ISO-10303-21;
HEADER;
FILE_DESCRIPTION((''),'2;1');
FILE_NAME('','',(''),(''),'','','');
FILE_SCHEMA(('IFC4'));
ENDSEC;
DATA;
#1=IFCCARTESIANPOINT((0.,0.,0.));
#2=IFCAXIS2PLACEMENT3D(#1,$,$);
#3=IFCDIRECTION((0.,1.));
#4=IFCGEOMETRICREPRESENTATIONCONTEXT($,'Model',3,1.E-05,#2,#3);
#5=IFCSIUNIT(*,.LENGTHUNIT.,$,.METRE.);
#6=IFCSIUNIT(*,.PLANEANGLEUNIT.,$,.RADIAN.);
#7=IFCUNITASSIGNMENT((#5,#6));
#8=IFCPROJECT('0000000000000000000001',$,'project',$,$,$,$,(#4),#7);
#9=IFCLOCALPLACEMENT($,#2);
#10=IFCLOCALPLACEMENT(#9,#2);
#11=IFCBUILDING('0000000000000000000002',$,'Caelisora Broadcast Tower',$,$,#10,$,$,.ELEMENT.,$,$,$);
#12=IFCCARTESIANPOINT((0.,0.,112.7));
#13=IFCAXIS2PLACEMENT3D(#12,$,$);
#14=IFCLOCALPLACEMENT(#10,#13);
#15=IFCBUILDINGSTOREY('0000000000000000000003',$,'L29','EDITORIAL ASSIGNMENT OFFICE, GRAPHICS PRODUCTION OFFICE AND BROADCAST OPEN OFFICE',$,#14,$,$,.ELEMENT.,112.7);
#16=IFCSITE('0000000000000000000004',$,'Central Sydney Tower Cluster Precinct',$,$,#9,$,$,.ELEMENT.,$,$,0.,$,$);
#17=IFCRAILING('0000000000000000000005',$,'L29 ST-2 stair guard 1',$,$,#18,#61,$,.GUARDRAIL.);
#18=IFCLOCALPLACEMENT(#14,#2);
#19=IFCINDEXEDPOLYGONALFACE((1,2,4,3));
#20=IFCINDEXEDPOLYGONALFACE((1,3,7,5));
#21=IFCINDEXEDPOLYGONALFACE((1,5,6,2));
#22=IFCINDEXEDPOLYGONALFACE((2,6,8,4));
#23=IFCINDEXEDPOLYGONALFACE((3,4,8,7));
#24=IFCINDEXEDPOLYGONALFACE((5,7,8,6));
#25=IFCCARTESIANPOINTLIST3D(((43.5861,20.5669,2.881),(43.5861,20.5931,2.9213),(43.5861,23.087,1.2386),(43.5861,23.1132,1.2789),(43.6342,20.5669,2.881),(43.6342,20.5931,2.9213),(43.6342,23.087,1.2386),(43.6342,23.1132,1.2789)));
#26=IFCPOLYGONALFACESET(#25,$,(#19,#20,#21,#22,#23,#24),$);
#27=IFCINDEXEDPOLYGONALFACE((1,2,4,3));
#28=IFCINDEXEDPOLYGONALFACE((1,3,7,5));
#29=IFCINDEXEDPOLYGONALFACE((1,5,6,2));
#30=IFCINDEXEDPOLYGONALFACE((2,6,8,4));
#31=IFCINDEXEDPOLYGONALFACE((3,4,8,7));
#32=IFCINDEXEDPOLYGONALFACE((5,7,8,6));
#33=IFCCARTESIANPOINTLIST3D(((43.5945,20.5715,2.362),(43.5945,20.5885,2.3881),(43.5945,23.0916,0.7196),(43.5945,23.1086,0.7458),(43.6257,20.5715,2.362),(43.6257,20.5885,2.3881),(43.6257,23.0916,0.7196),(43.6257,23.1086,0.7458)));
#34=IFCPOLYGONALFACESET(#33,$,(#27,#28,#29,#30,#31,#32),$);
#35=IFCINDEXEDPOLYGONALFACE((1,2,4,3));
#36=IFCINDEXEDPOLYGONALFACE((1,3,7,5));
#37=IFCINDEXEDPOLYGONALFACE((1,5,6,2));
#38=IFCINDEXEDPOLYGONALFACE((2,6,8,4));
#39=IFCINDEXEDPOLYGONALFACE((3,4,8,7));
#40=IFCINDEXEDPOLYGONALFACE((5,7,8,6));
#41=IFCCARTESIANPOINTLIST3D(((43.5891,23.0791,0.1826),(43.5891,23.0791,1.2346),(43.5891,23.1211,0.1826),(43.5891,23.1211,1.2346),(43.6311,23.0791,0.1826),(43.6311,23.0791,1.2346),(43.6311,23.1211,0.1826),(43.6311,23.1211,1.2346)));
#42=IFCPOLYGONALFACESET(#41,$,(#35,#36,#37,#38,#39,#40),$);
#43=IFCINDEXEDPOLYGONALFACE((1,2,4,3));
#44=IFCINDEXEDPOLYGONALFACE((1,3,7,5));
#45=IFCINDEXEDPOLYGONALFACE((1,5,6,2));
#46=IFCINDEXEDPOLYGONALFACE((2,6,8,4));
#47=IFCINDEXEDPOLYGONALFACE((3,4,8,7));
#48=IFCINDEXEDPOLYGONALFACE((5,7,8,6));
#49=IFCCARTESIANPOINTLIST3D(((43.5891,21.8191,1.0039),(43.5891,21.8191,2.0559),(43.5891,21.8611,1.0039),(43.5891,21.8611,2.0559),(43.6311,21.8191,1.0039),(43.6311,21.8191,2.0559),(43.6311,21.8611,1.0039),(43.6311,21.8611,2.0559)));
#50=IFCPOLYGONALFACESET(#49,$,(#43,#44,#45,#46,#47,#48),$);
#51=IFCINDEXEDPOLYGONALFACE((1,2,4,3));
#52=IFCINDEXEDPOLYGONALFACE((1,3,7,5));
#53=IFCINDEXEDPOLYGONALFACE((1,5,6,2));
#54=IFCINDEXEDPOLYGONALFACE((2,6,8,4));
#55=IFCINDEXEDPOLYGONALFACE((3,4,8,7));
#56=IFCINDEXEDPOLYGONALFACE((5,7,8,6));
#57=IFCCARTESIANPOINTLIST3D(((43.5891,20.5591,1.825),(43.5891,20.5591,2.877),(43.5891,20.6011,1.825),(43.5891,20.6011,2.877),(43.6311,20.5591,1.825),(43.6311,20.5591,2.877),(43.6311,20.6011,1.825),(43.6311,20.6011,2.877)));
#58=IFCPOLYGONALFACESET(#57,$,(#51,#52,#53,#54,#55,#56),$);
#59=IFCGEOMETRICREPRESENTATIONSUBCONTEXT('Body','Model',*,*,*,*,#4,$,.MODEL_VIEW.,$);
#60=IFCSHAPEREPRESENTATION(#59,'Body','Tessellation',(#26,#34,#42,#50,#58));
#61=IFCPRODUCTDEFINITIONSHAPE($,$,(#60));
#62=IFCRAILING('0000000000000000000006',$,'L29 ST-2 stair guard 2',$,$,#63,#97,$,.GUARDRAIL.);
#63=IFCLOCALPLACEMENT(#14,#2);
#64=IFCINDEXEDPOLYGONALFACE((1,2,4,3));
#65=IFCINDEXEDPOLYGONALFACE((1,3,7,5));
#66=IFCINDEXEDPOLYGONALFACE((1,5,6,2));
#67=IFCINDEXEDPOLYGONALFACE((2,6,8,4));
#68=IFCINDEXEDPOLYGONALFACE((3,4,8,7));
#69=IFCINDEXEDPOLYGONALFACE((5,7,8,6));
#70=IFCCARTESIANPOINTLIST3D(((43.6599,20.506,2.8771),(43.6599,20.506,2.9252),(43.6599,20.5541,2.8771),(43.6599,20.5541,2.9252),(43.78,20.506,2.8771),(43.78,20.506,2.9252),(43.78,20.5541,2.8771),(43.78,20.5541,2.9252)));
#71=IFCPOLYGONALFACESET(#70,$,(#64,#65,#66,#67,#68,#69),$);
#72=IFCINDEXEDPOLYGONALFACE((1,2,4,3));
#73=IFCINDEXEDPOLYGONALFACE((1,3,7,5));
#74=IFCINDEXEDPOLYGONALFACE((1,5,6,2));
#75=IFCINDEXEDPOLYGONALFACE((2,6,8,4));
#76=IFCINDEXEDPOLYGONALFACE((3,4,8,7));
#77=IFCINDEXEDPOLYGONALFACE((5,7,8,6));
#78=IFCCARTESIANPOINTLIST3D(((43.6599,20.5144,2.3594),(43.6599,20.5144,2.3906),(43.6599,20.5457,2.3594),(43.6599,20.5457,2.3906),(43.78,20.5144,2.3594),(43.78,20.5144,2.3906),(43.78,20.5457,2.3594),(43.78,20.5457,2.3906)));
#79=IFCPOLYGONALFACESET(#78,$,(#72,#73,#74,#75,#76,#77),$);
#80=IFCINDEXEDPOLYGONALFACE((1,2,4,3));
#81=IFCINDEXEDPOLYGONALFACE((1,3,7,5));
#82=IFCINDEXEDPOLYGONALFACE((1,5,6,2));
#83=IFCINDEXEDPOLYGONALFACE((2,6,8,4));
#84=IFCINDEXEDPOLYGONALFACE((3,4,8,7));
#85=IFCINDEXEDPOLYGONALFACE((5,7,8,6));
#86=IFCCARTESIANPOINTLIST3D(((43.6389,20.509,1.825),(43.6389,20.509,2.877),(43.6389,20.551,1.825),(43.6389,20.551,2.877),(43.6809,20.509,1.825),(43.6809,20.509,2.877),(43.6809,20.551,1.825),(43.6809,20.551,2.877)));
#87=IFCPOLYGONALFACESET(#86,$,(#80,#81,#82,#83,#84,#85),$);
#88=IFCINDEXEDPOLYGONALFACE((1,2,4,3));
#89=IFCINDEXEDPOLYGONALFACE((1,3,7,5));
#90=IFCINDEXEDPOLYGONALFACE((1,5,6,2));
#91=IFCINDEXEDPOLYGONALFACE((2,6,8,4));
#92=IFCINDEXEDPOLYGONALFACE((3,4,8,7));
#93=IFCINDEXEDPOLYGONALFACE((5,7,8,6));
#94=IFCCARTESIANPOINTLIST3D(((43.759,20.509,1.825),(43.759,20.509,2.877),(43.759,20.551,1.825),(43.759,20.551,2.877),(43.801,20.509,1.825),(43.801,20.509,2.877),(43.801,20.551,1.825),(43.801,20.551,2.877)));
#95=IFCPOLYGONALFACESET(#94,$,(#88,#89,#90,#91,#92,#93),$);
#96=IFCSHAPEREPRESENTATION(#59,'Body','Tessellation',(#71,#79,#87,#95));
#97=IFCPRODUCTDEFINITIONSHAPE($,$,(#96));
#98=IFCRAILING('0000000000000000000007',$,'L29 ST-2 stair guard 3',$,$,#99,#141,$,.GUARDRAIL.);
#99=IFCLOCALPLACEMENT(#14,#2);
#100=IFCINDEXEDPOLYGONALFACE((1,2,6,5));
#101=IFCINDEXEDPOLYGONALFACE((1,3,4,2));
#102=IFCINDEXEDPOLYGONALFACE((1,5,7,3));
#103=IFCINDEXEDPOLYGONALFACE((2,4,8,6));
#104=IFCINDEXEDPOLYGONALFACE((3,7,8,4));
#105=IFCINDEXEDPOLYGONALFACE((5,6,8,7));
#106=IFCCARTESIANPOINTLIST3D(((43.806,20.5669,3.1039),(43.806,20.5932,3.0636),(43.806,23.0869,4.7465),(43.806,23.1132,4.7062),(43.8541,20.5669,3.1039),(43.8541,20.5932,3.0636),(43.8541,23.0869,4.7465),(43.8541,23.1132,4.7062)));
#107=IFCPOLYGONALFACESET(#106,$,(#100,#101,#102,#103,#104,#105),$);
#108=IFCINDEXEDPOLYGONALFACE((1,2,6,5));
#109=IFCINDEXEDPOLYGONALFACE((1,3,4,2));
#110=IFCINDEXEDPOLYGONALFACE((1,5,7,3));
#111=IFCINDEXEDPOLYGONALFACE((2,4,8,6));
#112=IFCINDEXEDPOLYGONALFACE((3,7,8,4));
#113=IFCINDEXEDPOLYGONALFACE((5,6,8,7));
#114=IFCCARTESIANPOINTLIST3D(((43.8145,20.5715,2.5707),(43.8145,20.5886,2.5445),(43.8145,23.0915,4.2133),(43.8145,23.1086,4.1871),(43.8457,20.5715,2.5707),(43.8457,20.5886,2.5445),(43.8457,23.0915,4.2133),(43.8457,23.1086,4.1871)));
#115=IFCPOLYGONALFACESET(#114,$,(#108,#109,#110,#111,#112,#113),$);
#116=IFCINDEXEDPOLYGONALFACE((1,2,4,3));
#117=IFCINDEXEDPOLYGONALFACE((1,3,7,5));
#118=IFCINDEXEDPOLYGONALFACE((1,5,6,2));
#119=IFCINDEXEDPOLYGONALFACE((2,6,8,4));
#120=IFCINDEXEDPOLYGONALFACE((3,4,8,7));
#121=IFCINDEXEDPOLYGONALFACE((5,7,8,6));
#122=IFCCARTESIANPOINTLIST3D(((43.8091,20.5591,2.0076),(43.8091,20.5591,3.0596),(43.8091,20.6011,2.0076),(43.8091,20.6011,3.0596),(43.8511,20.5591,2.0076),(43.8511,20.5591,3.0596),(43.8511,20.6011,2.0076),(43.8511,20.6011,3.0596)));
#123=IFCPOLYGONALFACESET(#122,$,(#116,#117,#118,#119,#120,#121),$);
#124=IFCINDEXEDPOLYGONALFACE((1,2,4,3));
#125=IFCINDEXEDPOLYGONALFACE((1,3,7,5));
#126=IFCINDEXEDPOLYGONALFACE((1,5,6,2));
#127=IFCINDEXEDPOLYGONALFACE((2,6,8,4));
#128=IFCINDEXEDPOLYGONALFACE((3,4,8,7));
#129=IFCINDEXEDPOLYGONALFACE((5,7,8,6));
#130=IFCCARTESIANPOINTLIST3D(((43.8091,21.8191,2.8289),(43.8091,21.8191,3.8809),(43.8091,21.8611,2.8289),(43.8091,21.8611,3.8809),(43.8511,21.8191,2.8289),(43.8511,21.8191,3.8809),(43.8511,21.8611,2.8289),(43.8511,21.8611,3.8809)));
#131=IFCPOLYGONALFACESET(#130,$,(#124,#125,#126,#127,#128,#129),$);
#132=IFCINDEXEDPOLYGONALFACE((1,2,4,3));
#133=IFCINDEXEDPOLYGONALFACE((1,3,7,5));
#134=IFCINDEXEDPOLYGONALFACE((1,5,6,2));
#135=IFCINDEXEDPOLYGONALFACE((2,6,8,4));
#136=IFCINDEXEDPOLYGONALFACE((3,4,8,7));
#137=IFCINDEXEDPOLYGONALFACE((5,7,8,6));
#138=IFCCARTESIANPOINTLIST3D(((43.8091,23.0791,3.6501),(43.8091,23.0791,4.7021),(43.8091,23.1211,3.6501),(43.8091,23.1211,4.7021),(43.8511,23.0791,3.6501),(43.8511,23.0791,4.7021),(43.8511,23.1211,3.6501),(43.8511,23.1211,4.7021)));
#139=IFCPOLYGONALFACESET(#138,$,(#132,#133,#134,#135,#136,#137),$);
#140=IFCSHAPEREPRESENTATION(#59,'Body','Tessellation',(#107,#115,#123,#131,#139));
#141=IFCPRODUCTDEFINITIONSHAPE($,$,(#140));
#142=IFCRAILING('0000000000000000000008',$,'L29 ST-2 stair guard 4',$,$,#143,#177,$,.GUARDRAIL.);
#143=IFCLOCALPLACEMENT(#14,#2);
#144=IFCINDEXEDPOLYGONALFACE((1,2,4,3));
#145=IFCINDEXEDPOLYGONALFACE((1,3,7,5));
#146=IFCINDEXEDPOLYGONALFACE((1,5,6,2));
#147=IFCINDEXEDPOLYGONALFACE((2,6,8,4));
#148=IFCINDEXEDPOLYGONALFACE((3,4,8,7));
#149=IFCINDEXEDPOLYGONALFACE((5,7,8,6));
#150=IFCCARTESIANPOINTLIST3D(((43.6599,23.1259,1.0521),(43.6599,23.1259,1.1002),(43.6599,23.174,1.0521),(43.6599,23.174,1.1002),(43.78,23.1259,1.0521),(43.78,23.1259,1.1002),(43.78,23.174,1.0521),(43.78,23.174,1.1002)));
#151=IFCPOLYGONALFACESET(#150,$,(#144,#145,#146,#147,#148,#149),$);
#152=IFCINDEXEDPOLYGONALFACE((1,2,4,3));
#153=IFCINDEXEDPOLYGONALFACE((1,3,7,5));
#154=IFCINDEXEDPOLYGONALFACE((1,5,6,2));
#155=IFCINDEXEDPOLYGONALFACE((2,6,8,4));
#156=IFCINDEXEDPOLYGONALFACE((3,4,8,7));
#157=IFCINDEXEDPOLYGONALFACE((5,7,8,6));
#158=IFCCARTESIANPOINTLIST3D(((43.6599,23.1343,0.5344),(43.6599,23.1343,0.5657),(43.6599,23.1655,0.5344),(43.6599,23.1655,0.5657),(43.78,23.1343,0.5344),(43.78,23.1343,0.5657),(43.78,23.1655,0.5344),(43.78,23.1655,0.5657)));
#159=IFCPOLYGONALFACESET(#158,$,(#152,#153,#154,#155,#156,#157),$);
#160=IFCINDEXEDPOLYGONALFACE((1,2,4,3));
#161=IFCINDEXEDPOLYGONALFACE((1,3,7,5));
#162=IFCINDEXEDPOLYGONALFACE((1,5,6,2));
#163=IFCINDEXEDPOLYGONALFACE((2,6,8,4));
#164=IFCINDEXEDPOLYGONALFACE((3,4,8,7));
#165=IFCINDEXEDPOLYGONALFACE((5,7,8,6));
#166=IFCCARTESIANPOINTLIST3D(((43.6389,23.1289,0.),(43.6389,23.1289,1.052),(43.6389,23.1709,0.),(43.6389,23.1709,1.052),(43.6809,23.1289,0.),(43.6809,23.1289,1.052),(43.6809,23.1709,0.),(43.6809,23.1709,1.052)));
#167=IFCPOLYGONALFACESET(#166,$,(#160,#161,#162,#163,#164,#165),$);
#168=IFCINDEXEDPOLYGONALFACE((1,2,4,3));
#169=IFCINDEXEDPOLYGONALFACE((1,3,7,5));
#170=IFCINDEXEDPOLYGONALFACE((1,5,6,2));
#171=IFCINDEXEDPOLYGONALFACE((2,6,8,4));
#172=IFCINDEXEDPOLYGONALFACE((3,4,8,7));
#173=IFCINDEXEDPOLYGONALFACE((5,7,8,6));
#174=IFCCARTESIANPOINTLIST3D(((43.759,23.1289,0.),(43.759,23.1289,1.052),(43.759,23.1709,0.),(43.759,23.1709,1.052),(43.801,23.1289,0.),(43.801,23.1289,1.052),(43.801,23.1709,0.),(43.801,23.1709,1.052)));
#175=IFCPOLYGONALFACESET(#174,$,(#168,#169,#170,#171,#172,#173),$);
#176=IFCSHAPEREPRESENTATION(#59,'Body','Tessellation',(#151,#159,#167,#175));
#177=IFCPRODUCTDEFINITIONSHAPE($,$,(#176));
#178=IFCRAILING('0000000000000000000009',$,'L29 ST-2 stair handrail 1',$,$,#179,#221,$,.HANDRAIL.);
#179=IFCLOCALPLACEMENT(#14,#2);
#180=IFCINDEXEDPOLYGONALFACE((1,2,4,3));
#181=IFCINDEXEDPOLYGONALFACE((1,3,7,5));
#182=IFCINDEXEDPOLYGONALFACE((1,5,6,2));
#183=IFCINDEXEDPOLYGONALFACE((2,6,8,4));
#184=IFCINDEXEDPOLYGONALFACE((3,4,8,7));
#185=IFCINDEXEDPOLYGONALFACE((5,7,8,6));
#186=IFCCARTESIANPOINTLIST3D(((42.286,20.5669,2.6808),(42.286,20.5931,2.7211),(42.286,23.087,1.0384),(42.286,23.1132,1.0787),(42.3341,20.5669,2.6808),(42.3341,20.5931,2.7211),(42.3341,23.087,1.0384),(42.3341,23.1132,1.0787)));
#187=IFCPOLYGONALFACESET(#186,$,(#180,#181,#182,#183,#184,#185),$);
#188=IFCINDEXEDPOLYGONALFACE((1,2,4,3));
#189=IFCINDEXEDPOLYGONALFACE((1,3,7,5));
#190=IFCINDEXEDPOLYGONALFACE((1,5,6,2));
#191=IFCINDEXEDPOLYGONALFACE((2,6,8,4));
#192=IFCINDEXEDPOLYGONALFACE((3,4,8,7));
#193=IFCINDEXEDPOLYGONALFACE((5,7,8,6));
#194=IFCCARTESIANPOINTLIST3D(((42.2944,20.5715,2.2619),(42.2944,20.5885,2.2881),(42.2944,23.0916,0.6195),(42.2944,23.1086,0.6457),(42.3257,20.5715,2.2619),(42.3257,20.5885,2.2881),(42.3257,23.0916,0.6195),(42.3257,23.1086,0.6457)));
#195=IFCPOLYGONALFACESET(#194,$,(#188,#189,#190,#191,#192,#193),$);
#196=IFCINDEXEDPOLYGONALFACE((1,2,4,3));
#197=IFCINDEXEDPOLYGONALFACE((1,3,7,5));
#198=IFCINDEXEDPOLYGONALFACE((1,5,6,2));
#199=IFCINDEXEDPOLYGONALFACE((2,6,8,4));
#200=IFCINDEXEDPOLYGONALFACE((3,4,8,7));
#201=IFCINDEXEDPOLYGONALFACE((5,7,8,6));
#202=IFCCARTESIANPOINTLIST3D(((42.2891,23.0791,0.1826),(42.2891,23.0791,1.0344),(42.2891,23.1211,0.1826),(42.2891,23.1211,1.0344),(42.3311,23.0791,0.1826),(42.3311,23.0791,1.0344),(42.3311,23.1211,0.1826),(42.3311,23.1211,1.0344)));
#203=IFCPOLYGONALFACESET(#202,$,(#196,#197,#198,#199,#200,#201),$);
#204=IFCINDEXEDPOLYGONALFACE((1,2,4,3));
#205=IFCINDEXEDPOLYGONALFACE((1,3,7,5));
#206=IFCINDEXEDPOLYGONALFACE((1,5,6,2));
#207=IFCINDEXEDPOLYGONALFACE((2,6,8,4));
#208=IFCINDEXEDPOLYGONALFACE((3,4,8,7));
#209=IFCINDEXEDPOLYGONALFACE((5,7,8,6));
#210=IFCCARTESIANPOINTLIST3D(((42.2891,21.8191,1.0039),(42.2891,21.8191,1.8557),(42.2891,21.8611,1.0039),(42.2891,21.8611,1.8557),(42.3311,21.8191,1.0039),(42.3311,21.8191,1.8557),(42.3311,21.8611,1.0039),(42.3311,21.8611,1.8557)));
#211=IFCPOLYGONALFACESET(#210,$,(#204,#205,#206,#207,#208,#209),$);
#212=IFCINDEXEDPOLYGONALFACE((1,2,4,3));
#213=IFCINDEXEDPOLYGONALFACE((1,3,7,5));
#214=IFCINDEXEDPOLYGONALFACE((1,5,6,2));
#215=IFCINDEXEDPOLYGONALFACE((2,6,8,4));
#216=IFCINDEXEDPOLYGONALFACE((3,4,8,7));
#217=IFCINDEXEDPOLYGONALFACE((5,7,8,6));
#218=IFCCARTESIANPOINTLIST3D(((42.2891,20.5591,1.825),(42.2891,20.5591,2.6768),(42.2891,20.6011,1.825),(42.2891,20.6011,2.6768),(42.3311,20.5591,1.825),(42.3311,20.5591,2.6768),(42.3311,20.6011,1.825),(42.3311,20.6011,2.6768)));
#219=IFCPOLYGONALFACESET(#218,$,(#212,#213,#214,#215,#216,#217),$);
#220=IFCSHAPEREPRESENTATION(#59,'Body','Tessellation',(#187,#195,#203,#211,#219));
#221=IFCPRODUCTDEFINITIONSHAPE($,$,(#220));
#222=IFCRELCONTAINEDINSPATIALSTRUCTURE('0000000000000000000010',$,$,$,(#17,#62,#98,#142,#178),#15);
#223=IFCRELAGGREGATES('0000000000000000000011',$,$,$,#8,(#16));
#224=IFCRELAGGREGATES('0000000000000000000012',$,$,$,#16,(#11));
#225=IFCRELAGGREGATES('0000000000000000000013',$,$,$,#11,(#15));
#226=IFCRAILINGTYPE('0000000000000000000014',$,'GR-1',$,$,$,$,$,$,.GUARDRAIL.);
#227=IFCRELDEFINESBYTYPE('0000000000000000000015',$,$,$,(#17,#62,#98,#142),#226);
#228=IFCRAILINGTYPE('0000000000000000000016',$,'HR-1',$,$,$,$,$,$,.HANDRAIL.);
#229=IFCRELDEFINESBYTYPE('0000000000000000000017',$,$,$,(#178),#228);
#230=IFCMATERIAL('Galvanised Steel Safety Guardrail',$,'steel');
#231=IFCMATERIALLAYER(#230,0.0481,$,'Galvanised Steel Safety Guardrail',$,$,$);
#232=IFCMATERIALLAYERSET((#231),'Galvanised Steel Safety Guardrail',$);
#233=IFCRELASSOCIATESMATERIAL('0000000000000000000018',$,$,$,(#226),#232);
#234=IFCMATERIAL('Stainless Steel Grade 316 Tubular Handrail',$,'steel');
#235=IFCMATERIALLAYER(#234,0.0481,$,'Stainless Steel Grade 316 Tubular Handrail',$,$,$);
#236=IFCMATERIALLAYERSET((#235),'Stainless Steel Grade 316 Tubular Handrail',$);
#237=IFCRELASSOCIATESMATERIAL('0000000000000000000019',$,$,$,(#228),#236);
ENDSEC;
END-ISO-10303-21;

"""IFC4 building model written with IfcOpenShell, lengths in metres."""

from ifc_helpers import new_model, si_unit, direction, frame, origin, origin_2d, place, context, subcontext, project, spatial, rectangle, extrude, material, layer, layer_set, type_object, element, save


model = new_model("IFC4")

# Units and contexts
model_context = context("Model", 3, precision=1e-05, world=origin(), true_north=direction((0.0, 1.0)))
body_context = subcontext(model_context, "Body", "Model", "MODEL_VIEW")
ifc_project = project(units=[si_unit("LENGTHUNIT", "METRE"), si_unit("PLANEANGLEUNIT", "RADIAN")], contexts=[model_context])

# Site, building, storey
site_placement = place(None, origin())
site = spatial("IfcSite", under=ifc_project, at=site_placement, Name="Central Sydney Tower Cluster Precinct", CompositionType="ELEMENT", RefElevation=0.0)
building_placement = place(site_placement, origin())
building = spatial("IfcBuilding", under=site, at=building_placement, Name="Caelisora Broadcast Tower", CompositionType="ELEMENT")
storey_placement = place(building_placement, frame((0.0, 0.0, 112.7)))
storey = spatial("IfcBuildingStorey", under=building, at=storey_placement, Name="L29", Description="EDITORIAL ASSIGNMENT OFFICE, GRAPHICS PRODUCTION OFFICE AND BROADCAST OPEN OFFICE", CompositionType="ELEMENT", Elevation=112.7)

# Railings
ifc_material_1 = material(Name="Galvanised Steel Safety Guardrail", Category="steel")
ifc_layer_1 = layer(ifc_material_1, 0.0481, Name="Galvanised Steel Safety Guardrail")
ifc_layer_set_1 = layer_set([ifc_layer_1], Name="Galvanised Steel Safety Guardrail")
railing_type_1 = type_object("IfcRailingType", Name="GR-1", PredefinedType="GUARDRAIL", material=ifc_layer_set_1)
railing_1_placement = place(storey_placement, frame((43.6101, 23.1001, 0.1826)))
element("IfcRailing", 1, at=railing_1_placement, inside=storey, type_object=railing_type_1, Name="L29 ST-2 stair guard 1", PredefinedType="GUARDRAIL", context=body_context, shape_type="SweptSolid", body=[
    extrude(rectangle(XDim=0.0481, YDim=0.0481, at=origin_2d()), frame((0.0, 0.0, 1.0762), z_axis=(0.0, -0.837787, 0.545998), x_axis=(1.0, 0.0, 0.0)), (0.0, 0.0, 1.0), 3.0081),
    extrude(rectangle(XDim=0.0312, YDim=0.0312, at=origin_2d()), frame((0.0, 0.0, 0.55), z_axis=(0.0, -0.837787, 0.545998), x_axis=(1.0, 0.0, 0.0)), (0.0, 0.0, 1.0), 3.0081),
    extrude(rectangle(XDim=0.042, YDim=0.042, at=origin_2d()), origin(), (0.0, 0.0, 1.0), 1.052),
    extrude(rectangle(XDim=0.042, YDim=0.042, at=origin_2d()), frame((0.0, -1.26, 0.8213)), (0.0, 0.0, 1.0), 1.052),
    extrude(rectangle(XDim=0.042, YDim=0.042, at=origin_2d()), frame((0.0, -2.52, 1.6423)), (0.0, 0.0, 1.0), 1.052),
])
railing_2_placement = place(storey_placement, frame((43.6599, 20.53, 1.825)))
element("IfcRailing", 2, at=railing_2_placement, inside=storey, type_object=railing_type_1, Name="L29 ST-2 stair guard 2", PredefinedType="GUARDRAIL", context=body_context, shape_type="SweptSolid", body=[
    extrude(rectangle(XDim=0.0481, YDim=0.0481, at=origin_2d()), frame((0.0, 0.0, 1.0762), z_axis=(1.0, 0.0, 0.0), x_axis=(0.0, 1.0, 0.0)), (0.0, 0.0, 1.0), 0.1201),
    extrude(rectangle(XDim=0.0312, YDim=0.0312, at=origin_2d()), frame((0.0, 0.0, 0.55), z_axis=(1.0, 0.0, 0.0), x_axis=(0.0, 1.0, 0.0)), (0.0, 0.0, 1.0), 0.1201),
    extrude(rectangle(XDim=0.042, YDim=0.042, at=origin_2d()), origin(), (0.0, 0.0, 1.0), 1.052),
    extrude(rectangle(XDim=0.042, YDim=0.042, at=origin_2d()), frame((0.1201, 0.0, 0.0)), (0.0, 0.0, 1.0), 1.052),
])
railing_3_placement = place(storey_placement, frame((43.8301, 20.5801, 2.0076)))
element("IfcRailing", 3, at=railing_3_placement, inside=storey, type_object=railing_type_1, Name="L29 ST-2 stair guard 3", PredefinedType="GUARDRAIL", context=body_context, shape_type="SweptSolid", body=[
    extrude(rectangle(XDim=0.0481, YDim=0.0481, at=origin_2d()), frame((0.0, 0.0, 1.0762), z_axis=(0.0, 0.837749, 0.546055), x_axis=(-1.0, 0.0, 0.0)), (0.0, 0.0, 1.0), 3.0081),
    extrude(rectangle(XDim=0.0312, YDim=0.0312, at=origin_2d()), frame((0.0, 0.0, 0.55), z_axis=(0.0, 0.837749, 0.546055), x_axis=(-1.0, 0.0, 0.0)), (0.0, 0.0, 1.0), 3.0081),
    extrude(rectangle(XDim=0.042, YDim=0.042, at=origin_2d()), origin(), (0.0, 0.0, 1.0), 1.052),
    extrude(rectangle(XDim=0.042, YDim=0.042, at=origin_2d()), frame((0.0, 1.26, 0.8213)), (0.0, 0.0, 1.0), 1.052),
    extrude(rectangle(XDim=0.042, YDim=0.042, at=origin_2d()), frame((0.0, 2.52, 1.6426)), (0.0, 0.0, 1.0), 1.052),
])
railing_4_placement = place(storey_placement, frame((43.6599, 23.1499, 0.0)))
element("IfcRailing", 4, at=railing_4_placement, inside=storey, type_object=railing_type_1, Name="L29 ST-2 stair guard 4", PredefinedType="GUARDRAIL", context=body_context, shape_type="SweptSolid", body=[
    extrude(rectangle(XDim=0.0481, YDim=0.0481, at=origin_2d()), frame((0.0, 0.0, 1.0762), z_axis=(1.0, 0.0, 0.0), x_axis=(0.0, 1.0, 0.0)), (0.0, 0.0, 1.0), 0.1201),
    extrude(rectangle(XDim=0.0312, YDim=0.0312, at=origin_2d()), frame((0.0, 0.0, 0.55), z_axis=(1.0, 0.0, 0.0), x_axis=(0.0, 1.0, 0.0)), (0.0, 0.0, 1.0), 0.1201),
    extrude(rectangle(XDim=0.042, YDim=0.042, at=origin_2d()), origin(), (0.0, 0.0, 1.0), 1.052),
    extrude(rectangle(XDim=0.042, YDim=0.042, at=origin_2d()), frame((0.1201, 0.0, 0.0)), (0.0, 0.0, 1.0), 1.052),
])
ifc_material_2 = material(Name="Stainless Steel Grade 316 Tubular Handrail", Category="steel")
ifc_layer_2 = layer(ifc_material_2, 0.0481, Name="Stainless Steel Grade 316 Tubular Handrail")
ifc_layer_set_2 = layer_set([ifc_layer_2], Name="Stainless Steel Grade 316 Tubular Handrail")
railing_type_2 = type_object("IfcRailingType", Name="HR-1", PredefinedType="HANDRAIL", material=ifc_layer_set_2)
railing_5_placement = place(storey_placement, frame((42.3101, 23.1001, 0.1826)))
element("IfcRailing", 5, at=railing_5_placement, inside=storey, type_object=railing_type_2, Name="L29 ST-2 stair handrail 1", PredefinedType="HANDRAIL", context=body_context, shape_type="SweptSolid", body=[
    extrude(rectangle(XDim=0.0481, YDim=0.0481, at=origin_2d()), frame((0.0, 0.0, 0.876), z_axis=(0.0, -0.837787, 0.545998), x_axis=(1.0, 0.0, 0.0)), (0.0, 0.0, 1.0), 3.0081),
    extrude(rectangle(XDim=0.0312, YDim=0.0312, at=origin_2d()), frame((0.0, 0.0, 0.45), z_axis=(0.0, -0.837787, 0.545998), x_axis=(1.0, 0.0, 0.0)), (0.0, 0.0, 1.0), 3.0081),
    extrude(rectangle(XDim=0.042, YDim=0.042, at=origin_2d()), origin(), (0.0, 0.0, 1.0), 0.8518),
    extrude(rectangle(XDim=0.042, YDim=0.042, at=origin_2d()), frame((0.0, -1.26, 0.8213)), (0.0, 0.0, 1.0), 0.8518),
    extrude(rectangle(XDim=0.042, YDim=0.042, at=origin_2d()), frame((0.0, -2.52, 1.6423)), (0.0, 0.0, 1.0), 0.8518),
])

save(model, "model.ifc")
